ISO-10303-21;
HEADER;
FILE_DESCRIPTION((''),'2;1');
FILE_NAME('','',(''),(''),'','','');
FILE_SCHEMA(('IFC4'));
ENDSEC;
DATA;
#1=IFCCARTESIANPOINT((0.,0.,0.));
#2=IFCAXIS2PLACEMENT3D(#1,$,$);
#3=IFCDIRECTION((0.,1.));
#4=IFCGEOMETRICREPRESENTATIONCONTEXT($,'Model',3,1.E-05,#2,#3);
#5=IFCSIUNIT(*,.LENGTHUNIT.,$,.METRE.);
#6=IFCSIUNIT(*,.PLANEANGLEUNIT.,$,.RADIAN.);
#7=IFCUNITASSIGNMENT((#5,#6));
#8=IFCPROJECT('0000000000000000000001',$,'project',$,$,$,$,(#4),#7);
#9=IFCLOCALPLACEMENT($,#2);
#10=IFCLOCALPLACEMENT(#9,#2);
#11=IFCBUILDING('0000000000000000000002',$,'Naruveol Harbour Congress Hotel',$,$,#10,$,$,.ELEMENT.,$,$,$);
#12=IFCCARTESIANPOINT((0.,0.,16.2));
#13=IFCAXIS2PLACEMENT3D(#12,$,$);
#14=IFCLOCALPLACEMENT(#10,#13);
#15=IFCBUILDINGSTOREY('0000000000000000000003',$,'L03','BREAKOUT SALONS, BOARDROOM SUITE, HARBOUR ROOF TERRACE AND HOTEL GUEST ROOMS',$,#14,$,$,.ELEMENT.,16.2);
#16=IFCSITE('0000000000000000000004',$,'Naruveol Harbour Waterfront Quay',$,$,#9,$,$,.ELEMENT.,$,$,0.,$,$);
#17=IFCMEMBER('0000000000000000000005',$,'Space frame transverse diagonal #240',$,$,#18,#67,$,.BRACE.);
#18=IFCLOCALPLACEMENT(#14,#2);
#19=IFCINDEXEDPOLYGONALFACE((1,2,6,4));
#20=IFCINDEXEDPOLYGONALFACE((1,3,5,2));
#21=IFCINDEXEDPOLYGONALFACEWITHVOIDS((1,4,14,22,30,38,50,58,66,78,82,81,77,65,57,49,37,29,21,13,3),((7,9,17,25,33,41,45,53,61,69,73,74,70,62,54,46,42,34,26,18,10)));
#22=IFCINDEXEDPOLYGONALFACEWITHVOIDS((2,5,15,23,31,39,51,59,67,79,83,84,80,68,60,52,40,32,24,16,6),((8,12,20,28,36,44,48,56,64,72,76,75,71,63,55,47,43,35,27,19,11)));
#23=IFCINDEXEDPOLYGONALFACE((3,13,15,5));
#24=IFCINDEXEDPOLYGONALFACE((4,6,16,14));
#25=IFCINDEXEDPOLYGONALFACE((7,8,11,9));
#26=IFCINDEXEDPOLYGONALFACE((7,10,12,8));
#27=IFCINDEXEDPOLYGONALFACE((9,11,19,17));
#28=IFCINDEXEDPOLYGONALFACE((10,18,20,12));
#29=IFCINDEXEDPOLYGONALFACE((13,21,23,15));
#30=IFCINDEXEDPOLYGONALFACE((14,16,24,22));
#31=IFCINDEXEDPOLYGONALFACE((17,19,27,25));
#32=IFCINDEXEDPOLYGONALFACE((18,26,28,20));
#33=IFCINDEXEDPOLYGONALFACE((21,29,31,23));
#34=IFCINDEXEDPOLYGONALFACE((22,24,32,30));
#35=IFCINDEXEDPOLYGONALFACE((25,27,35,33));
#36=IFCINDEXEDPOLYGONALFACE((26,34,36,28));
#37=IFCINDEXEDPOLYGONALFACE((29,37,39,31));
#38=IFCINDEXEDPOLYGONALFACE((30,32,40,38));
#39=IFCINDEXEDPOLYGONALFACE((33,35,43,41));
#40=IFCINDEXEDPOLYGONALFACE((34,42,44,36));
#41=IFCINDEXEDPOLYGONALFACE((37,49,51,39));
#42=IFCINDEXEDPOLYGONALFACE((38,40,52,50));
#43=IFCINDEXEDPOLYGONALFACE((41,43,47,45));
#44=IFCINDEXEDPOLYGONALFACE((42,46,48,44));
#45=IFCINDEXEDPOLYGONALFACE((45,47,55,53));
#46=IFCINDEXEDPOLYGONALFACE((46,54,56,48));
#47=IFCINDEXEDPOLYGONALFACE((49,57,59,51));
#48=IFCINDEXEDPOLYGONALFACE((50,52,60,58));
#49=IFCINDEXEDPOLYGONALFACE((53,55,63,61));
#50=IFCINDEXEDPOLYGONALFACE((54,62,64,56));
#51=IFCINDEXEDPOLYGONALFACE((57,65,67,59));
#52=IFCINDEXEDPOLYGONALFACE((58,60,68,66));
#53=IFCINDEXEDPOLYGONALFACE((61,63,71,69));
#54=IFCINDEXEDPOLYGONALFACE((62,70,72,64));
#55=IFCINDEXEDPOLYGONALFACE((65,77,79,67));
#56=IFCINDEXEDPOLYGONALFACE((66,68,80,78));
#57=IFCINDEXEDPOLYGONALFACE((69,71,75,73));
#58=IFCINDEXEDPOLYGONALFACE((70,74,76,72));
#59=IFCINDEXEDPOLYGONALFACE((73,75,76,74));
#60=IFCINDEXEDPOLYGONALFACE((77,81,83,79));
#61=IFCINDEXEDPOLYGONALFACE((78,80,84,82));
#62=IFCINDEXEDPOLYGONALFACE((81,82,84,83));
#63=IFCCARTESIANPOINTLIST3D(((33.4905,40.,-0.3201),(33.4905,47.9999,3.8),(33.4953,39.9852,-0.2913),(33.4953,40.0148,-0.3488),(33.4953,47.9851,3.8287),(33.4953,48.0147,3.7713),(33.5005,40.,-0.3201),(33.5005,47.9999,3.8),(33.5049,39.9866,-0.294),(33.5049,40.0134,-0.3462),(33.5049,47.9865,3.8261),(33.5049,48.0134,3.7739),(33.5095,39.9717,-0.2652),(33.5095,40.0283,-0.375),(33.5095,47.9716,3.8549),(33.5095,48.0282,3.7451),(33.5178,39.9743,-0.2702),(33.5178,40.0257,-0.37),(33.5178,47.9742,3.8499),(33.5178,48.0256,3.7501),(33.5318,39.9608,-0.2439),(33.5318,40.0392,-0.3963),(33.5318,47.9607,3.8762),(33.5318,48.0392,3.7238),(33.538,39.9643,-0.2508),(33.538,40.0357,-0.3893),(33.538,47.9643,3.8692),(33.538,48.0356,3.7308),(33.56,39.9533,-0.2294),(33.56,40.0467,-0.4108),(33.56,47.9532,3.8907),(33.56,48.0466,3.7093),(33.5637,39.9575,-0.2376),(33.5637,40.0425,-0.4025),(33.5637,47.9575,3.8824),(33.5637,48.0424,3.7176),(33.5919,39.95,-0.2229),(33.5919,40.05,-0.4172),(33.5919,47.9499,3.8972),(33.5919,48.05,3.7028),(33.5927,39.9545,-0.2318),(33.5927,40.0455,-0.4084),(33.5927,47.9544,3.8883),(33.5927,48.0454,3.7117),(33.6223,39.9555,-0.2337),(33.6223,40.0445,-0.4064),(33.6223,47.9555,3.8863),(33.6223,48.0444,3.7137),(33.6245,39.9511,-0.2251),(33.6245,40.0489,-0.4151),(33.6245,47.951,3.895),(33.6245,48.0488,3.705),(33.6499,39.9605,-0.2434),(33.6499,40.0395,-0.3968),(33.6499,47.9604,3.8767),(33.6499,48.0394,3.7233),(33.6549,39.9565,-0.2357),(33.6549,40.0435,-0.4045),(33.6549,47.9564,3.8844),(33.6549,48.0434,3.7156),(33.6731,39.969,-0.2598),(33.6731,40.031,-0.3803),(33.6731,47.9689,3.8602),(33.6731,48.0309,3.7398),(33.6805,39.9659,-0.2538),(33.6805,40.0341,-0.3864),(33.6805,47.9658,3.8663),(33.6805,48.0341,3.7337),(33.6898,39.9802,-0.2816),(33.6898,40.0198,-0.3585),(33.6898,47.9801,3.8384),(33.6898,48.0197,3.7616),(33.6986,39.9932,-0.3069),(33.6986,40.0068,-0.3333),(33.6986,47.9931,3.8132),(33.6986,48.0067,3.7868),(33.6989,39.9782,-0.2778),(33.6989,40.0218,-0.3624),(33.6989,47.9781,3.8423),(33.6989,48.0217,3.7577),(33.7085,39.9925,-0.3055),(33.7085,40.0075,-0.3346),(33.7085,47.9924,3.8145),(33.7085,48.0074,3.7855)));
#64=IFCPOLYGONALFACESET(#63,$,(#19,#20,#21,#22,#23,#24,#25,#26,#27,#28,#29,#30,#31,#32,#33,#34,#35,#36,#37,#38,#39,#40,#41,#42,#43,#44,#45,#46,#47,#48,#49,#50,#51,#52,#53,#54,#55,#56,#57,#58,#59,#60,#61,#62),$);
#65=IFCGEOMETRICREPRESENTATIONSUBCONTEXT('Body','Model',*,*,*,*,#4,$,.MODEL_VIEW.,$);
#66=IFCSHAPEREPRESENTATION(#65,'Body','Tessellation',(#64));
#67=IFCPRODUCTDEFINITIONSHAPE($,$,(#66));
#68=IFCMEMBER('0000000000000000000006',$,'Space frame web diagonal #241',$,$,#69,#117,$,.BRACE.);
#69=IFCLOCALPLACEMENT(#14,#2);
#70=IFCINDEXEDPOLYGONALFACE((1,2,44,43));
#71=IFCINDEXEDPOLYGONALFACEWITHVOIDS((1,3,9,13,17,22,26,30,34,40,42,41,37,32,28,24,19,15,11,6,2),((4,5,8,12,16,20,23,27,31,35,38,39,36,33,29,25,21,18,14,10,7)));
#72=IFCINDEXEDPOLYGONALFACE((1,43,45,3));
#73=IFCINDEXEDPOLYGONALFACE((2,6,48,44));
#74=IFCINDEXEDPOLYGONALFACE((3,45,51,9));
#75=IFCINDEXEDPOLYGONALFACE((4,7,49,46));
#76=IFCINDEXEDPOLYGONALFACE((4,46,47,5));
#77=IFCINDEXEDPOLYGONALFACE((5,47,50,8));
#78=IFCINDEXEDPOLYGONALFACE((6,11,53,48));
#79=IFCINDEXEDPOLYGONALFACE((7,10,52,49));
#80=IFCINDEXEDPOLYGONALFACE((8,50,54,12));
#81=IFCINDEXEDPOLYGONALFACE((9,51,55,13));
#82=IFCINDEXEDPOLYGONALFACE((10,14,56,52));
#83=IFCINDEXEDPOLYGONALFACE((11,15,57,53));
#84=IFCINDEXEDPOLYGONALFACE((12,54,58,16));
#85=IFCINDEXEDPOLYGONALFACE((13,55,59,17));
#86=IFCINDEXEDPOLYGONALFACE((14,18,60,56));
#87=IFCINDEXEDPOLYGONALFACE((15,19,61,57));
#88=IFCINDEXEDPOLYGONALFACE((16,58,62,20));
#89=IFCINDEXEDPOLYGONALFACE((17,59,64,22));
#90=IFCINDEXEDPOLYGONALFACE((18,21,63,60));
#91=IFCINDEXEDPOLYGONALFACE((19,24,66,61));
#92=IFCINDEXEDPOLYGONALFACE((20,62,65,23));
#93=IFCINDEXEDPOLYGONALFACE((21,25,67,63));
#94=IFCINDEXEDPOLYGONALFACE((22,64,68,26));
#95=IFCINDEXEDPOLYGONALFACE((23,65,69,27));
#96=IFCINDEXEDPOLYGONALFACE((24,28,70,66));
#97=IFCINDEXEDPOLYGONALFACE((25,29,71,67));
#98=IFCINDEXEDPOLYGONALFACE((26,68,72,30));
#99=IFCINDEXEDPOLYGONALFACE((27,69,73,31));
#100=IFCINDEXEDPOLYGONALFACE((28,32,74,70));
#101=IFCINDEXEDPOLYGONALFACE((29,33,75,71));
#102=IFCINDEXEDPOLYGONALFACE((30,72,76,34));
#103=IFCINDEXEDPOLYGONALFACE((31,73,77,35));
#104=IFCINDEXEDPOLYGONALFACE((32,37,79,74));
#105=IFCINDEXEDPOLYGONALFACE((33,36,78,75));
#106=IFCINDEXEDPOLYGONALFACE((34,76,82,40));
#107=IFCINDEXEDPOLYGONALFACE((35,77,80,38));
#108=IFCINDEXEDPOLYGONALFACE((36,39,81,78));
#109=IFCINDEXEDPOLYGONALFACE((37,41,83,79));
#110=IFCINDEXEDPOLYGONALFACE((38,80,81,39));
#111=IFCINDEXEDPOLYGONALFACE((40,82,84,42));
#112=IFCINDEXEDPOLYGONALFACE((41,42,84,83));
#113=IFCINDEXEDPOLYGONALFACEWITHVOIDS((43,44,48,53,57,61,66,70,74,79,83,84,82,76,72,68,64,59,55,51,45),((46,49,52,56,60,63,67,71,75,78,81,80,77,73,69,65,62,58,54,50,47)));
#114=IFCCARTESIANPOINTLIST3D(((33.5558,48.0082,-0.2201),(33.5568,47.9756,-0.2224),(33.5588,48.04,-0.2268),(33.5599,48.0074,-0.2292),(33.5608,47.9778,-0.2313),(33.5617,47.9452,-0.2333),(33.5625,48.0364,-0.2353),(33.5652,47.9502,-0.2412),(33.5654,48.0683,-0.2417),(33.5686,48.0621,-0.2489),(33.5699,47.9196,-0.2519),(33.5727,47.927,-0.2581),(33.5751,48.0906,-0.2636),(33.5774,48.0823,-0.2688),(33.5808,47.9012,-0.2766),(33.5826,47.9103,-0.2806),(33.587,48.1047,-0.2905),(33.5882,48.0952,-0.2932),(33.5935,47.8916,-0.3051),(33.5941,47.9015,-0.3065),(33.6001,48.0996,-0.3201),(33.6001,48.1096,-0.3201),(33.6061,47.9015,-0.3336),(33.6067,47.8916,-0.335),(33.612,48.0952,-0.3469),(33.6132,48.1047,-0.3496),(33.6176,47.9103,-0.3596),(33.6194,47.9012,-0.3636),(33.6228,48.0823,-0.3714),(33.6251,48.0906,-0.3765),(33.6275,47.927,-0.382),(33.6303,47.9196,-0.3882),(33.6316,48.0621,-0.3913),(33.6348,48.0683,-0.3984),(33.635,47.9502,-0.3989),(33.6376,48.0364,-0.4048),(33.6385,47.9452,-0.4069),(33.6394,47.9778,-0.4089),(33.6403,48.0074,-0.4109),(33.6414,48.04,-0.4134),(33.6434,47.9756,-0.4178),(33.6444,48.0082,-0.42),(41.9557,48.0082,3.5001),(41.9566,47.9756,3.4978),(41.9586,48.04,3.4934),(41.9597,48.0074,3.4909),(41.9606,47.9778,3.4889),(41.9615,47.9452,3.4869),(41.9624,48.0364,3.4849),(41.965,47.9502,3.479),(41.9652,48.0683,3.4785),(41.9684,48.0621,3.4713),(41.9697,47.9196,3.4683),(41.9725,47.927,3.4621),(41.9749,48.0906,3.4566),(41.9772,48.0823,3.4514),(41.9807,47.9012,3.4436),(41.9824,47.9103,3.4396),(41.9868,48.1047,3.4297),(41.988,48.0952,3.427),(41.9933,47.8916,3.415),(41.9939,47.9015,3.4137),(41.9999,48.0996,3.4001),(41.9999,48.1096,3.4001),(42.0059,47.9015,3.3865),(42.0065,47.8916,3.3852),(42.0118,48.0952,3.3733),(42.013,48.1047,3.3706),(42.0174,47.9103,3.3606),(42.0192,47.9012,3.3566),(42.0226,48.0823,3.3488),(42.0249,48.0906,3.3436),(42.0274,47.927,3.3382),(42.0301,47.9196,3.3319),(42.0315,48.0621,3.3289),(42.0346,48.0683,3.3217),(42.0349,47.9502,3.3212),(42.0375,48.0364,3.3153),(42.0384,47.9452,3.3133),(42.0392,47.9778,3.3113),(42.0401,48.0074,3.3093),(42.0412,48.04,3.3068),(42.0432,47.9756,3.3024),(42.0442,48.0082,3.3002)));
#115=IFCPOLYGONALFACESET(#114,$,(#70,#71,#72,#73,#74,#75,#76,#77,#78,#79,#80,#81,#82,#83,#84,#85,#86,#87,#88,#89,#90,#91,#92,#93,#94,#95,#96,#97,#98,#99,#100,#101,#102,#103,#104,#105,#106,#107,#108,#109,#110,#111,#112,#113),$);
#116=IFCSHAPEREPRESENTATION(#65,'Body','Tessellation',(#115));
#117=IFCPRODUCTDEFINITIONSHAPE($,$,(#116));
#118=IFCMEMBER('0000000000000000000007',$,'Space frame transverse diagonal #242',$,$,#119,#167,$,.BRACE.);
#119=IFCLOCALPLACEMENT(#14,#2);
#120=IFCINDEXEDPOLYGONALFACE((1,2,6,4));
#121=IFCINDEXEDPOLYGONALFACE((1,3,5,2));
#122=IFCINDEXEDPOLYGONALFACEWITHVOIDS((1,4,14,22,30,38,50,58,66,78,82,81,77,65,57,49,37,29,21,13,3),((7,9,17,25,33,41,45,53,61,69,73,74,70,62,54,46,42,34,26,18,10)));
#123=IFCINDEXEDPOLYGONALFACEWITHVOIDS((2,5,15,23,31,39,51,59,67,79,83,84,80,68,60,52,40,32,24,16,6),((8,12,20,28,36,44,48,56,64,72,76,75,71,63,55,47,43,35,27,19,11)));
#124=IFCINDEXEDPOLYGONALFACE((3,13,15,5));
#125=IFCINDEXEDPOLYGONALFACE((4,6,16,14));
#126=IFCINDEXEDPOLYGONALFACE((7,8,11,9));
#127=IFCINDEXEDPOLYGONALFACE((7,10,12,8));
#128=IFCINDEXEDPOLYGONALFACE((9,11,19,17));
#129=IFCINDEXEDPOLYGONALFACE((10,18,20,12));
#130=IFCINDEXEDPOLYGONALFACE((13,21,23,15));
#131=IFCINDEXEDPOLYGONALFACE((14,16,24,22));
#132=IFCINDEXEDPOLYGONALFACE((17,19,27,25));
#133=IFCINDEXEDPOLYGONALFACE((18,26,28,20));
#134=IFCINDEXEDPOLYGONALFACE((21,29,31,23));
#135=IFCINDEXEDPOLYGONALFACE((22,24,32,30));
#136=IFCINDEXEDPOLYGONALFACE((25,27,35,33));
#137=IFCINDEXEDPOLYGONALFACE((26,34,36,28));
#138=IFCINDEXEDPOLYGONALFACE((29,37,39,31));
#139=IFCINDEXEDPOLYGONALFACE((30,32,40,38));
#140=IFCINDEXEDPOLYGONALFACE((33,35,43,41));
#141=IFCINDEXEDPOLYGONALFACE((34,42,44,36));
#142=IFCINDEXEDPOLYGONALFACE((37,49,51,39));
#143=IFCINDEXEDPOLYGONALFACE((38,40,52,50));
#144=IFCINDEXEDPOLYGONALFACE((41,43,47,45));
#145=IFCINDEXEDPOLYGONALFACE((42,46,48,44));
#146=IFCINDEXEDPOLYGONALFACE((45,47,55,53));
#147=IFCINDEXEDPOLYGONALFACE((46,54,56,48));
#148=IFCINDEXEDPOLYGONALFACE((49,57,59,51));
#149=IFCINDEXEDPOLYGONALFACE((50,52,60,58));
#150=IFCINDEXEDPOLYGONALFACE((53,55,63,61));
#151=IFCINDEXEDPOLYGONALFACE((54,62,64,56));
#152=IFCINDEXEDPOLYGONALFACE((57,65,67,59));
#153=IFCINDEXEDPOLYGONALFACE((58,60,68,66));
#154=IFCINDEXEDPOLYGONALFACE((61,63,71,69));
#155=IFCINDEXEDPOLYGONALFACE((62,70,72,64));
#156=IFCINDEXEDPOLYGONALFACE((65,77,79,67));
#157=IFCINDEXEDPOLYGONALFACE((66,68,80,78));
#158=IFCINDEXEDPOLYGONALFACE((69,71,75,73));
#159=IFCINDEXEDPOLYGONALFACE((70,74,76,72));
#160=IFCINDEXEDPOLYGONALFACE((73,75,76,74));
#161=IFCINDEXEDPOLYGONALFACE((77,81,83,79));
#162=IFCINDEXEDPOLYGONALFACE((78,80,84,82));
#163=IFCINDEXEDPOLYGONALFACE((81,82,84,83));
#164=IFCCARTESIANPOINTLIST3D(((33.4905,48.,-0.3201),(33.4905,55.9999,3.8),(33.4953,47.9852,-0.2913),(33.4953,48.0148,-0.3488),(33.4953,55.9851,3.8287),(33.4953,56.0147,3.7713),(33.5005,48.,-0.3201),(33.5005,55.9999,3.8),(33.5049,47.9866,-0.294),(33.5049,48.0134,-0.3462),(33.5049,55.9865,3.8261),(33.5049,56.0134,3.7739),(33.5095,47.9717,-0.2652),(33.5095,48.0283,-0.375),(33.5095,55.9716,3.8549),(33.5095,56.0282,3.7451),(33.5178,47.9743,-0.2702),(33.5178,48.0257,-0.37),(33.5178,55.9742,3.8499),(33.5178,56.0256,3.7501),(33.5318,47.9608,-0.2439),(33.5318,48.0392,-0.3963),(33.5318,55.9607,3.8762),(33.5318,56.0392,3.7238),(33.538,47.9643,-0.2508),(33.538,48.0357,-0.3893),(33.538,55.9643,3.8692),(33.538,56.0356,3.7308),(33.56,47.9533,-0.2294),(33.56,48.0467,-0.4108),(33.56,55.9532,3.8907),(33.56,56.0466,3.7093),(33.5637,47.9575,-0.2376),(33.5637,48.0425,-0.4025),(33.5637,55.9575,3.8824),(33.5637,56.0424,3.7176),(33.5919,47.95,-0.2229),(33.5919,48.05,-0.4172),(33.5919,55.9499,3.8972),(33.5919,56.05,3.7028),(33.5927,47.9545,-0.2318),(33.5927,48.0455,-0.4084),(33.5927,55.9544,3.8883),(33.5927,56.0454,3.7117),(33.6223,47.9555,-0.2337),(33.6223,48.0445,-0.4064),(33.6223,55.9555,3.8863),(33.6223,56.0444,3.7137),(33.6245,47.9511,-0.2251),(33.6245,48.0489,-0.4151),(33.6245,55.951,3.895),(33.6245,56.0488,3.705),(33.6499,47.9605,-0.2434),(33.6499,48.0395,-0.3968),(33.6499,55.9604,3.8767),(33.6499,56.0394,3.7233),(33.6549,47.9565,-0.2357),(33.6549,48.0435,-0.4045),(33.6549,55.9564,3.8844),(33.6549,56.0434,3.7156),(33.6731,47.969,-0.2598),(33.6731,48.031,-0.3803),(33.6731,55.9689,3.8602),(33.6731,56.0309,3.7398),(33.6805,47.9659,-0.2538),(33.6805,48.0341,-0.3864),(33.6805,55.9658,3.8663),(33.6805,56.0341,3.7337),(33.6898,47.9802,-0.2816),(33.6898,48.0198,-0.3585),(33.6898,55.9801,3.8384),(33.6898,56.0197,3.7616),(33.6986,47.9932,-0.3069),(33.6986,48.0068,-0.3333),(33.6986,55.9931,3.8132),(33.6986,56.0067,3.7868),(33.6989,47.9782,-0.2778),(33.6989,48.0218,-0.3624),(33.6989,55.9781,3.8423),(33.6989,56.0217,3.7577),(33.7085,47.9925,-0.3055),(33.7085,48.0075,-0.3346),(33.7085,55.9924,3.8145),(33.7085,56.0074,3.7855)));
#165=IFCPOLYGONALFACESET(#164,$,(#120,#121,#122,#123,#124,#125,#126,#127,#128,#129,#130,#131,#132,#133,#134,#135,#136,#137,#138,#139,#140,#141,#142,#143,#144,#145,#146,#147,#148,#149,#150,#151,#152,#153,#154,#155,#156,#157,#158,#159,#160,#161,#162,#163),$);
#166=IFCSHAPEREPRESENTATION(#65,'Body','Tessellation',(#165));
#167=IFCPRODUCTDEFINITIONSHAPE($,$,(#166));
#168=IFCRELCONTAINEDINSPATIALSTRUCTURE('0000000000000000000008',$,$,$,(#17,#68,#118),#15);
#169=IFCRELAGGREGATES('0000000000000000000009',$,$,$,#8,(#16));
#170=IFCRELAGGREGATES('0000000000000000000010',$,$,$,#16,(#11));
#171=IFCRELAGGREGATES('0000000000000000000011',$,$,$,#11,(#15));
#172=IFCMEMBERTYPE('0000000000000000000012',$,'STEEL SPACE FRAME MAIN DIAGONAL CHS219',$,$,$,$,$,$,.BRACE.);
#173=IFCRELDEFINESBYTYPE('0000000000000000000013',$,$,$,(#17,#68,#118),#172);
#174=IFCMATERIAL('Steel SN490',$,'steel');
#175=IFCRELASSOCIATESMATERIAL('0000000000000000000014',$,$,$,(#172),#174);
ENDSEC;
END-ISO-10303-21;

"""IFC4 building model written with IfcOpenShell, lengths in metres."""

from ifc_helpers import new_model, si_unit, direction, frame, origin, origin_2d, place, context, subcontext, project, spatial, hollow_circle, extrude, material, material_profile, profile_set, type_object, element, save


model = new_model("IFC4")

# Units and contexts
model_context = context("Model", 3, precision=1e-05, world=origin(), true_north=direction((0.0, 1.0)))
body_context = subcontext(model_context, "Body", "Model", "MODEL_VIEW")
ifc_project = project(units=[si_unit("LENGTHUNIT", "METRE"), si_unit("PLANEANGLEUNIT", "RADIAN")], contexts=[model_context])

# Site, building, storey
site_placement = place(None, origin())
site = spatial("IfcSite", under=ifc_project, at=site_placement, Name="Naruveol Harbour Waterfront Quay", CompositionType="ELEMENT", RefElevation=0.0)
building_placement = place(site_placement, origin())
building = spatial("IfcBuilding", under=site, at=building_placement, Name="Naruveol Harbour Congress Hotel", CompositionType="ELEMENT")
storey_placement = place(building_placement, frame((0.0, 0.0, 16.2)))
storey = spatial("IfcBuildingStorey", under=building, at=storey_placement, Name="L03", Description="BREAKOUT SALONS, BOARDROOM SUITE, HARBOUR ROOF TERRACE AND HOTEL GUEST ROOMS", CompositionType="ELEMENT", Elevation=16.2)

# Members
ifc_material_1 = material(Name="Steel SN490", Category="steel")
ifc_material_profile_1 = material_profile(ifc_material_1, hollow_circle(Radius=0.1096, WallThickness=0.01, at=origin_2d()), Name="CHS-219.1x10")
ifc_profile_set_1 = profile_set([ifc_material_profile_1], Name="Steel SN490")
member_type_1 = type_object("IfcMemberType", Name="STEEL SPACE FRAME MAIN DIAGONAL CHS219", PredefinedType="BRACE", material=ifc_profile_set_1)
member_1_placement = place(storey_placement, frame((33.6001, 40.0, -0.3201), z_axis=(0.0, 0.889024, 0.45786), x_axis=(-1.0, 0.0, 0.0)))
element("IfcMember", 1, at=member_1_placement, inside=storey, type_object=member_type_1, Name="Space frame transverse diagonal #240", PredefinedType="BRACE", context=body_context, shape_type="SweptSolid", body=[
    extrude(hollow_circle(Radius=0.1096, WallThickness=0.01, at=origin_2d()), origin(), (0.0, 0.0, 1.0), 8.9985),
])
member_2_placement = place(storey_placement, frame((33.6001, 48.0, -0.3201), z_axis=(0.914339, 0.0, 0.40495), x_axis=(0.0, 1.0, 0.0)))
element("IfcMember", 2, at=member_2_placement, inside=storey, type_object=member_type_1, Name="Space frame web diagonal #241", PredefinedType="BRACE", context=body_context, shape_type="SweptSolid", body=[
    extrude(hollow_circle(Radius=0.1096, WallThickness=0.01, at=origin_2d()), origin(), (0.0, 0.0, 1.0), 9.1868),
])
member_3_placement = place(storey_placement, frame((33.6001, 48.0, -0.3201), z_axis=(0.0, 0.889024, 0.45786), x_axis=(-1.0, 0.0, 0.0)))
element("IfcMember", 3, at=member_3_placement, inside=storey, type_object=member_type_1, Name="Space frame transverse diagonal #242", PredefinedType="BRACE", context=body_context, shape_type="SweptSolid", body=[
    extrude(hollow_circle(Radius=0.1096, WallThickness=0.01, at=origin_2d()), origin(), (0.0, 0.0, 1.0), 8.9985),
])

save(model, "model.ifc")
